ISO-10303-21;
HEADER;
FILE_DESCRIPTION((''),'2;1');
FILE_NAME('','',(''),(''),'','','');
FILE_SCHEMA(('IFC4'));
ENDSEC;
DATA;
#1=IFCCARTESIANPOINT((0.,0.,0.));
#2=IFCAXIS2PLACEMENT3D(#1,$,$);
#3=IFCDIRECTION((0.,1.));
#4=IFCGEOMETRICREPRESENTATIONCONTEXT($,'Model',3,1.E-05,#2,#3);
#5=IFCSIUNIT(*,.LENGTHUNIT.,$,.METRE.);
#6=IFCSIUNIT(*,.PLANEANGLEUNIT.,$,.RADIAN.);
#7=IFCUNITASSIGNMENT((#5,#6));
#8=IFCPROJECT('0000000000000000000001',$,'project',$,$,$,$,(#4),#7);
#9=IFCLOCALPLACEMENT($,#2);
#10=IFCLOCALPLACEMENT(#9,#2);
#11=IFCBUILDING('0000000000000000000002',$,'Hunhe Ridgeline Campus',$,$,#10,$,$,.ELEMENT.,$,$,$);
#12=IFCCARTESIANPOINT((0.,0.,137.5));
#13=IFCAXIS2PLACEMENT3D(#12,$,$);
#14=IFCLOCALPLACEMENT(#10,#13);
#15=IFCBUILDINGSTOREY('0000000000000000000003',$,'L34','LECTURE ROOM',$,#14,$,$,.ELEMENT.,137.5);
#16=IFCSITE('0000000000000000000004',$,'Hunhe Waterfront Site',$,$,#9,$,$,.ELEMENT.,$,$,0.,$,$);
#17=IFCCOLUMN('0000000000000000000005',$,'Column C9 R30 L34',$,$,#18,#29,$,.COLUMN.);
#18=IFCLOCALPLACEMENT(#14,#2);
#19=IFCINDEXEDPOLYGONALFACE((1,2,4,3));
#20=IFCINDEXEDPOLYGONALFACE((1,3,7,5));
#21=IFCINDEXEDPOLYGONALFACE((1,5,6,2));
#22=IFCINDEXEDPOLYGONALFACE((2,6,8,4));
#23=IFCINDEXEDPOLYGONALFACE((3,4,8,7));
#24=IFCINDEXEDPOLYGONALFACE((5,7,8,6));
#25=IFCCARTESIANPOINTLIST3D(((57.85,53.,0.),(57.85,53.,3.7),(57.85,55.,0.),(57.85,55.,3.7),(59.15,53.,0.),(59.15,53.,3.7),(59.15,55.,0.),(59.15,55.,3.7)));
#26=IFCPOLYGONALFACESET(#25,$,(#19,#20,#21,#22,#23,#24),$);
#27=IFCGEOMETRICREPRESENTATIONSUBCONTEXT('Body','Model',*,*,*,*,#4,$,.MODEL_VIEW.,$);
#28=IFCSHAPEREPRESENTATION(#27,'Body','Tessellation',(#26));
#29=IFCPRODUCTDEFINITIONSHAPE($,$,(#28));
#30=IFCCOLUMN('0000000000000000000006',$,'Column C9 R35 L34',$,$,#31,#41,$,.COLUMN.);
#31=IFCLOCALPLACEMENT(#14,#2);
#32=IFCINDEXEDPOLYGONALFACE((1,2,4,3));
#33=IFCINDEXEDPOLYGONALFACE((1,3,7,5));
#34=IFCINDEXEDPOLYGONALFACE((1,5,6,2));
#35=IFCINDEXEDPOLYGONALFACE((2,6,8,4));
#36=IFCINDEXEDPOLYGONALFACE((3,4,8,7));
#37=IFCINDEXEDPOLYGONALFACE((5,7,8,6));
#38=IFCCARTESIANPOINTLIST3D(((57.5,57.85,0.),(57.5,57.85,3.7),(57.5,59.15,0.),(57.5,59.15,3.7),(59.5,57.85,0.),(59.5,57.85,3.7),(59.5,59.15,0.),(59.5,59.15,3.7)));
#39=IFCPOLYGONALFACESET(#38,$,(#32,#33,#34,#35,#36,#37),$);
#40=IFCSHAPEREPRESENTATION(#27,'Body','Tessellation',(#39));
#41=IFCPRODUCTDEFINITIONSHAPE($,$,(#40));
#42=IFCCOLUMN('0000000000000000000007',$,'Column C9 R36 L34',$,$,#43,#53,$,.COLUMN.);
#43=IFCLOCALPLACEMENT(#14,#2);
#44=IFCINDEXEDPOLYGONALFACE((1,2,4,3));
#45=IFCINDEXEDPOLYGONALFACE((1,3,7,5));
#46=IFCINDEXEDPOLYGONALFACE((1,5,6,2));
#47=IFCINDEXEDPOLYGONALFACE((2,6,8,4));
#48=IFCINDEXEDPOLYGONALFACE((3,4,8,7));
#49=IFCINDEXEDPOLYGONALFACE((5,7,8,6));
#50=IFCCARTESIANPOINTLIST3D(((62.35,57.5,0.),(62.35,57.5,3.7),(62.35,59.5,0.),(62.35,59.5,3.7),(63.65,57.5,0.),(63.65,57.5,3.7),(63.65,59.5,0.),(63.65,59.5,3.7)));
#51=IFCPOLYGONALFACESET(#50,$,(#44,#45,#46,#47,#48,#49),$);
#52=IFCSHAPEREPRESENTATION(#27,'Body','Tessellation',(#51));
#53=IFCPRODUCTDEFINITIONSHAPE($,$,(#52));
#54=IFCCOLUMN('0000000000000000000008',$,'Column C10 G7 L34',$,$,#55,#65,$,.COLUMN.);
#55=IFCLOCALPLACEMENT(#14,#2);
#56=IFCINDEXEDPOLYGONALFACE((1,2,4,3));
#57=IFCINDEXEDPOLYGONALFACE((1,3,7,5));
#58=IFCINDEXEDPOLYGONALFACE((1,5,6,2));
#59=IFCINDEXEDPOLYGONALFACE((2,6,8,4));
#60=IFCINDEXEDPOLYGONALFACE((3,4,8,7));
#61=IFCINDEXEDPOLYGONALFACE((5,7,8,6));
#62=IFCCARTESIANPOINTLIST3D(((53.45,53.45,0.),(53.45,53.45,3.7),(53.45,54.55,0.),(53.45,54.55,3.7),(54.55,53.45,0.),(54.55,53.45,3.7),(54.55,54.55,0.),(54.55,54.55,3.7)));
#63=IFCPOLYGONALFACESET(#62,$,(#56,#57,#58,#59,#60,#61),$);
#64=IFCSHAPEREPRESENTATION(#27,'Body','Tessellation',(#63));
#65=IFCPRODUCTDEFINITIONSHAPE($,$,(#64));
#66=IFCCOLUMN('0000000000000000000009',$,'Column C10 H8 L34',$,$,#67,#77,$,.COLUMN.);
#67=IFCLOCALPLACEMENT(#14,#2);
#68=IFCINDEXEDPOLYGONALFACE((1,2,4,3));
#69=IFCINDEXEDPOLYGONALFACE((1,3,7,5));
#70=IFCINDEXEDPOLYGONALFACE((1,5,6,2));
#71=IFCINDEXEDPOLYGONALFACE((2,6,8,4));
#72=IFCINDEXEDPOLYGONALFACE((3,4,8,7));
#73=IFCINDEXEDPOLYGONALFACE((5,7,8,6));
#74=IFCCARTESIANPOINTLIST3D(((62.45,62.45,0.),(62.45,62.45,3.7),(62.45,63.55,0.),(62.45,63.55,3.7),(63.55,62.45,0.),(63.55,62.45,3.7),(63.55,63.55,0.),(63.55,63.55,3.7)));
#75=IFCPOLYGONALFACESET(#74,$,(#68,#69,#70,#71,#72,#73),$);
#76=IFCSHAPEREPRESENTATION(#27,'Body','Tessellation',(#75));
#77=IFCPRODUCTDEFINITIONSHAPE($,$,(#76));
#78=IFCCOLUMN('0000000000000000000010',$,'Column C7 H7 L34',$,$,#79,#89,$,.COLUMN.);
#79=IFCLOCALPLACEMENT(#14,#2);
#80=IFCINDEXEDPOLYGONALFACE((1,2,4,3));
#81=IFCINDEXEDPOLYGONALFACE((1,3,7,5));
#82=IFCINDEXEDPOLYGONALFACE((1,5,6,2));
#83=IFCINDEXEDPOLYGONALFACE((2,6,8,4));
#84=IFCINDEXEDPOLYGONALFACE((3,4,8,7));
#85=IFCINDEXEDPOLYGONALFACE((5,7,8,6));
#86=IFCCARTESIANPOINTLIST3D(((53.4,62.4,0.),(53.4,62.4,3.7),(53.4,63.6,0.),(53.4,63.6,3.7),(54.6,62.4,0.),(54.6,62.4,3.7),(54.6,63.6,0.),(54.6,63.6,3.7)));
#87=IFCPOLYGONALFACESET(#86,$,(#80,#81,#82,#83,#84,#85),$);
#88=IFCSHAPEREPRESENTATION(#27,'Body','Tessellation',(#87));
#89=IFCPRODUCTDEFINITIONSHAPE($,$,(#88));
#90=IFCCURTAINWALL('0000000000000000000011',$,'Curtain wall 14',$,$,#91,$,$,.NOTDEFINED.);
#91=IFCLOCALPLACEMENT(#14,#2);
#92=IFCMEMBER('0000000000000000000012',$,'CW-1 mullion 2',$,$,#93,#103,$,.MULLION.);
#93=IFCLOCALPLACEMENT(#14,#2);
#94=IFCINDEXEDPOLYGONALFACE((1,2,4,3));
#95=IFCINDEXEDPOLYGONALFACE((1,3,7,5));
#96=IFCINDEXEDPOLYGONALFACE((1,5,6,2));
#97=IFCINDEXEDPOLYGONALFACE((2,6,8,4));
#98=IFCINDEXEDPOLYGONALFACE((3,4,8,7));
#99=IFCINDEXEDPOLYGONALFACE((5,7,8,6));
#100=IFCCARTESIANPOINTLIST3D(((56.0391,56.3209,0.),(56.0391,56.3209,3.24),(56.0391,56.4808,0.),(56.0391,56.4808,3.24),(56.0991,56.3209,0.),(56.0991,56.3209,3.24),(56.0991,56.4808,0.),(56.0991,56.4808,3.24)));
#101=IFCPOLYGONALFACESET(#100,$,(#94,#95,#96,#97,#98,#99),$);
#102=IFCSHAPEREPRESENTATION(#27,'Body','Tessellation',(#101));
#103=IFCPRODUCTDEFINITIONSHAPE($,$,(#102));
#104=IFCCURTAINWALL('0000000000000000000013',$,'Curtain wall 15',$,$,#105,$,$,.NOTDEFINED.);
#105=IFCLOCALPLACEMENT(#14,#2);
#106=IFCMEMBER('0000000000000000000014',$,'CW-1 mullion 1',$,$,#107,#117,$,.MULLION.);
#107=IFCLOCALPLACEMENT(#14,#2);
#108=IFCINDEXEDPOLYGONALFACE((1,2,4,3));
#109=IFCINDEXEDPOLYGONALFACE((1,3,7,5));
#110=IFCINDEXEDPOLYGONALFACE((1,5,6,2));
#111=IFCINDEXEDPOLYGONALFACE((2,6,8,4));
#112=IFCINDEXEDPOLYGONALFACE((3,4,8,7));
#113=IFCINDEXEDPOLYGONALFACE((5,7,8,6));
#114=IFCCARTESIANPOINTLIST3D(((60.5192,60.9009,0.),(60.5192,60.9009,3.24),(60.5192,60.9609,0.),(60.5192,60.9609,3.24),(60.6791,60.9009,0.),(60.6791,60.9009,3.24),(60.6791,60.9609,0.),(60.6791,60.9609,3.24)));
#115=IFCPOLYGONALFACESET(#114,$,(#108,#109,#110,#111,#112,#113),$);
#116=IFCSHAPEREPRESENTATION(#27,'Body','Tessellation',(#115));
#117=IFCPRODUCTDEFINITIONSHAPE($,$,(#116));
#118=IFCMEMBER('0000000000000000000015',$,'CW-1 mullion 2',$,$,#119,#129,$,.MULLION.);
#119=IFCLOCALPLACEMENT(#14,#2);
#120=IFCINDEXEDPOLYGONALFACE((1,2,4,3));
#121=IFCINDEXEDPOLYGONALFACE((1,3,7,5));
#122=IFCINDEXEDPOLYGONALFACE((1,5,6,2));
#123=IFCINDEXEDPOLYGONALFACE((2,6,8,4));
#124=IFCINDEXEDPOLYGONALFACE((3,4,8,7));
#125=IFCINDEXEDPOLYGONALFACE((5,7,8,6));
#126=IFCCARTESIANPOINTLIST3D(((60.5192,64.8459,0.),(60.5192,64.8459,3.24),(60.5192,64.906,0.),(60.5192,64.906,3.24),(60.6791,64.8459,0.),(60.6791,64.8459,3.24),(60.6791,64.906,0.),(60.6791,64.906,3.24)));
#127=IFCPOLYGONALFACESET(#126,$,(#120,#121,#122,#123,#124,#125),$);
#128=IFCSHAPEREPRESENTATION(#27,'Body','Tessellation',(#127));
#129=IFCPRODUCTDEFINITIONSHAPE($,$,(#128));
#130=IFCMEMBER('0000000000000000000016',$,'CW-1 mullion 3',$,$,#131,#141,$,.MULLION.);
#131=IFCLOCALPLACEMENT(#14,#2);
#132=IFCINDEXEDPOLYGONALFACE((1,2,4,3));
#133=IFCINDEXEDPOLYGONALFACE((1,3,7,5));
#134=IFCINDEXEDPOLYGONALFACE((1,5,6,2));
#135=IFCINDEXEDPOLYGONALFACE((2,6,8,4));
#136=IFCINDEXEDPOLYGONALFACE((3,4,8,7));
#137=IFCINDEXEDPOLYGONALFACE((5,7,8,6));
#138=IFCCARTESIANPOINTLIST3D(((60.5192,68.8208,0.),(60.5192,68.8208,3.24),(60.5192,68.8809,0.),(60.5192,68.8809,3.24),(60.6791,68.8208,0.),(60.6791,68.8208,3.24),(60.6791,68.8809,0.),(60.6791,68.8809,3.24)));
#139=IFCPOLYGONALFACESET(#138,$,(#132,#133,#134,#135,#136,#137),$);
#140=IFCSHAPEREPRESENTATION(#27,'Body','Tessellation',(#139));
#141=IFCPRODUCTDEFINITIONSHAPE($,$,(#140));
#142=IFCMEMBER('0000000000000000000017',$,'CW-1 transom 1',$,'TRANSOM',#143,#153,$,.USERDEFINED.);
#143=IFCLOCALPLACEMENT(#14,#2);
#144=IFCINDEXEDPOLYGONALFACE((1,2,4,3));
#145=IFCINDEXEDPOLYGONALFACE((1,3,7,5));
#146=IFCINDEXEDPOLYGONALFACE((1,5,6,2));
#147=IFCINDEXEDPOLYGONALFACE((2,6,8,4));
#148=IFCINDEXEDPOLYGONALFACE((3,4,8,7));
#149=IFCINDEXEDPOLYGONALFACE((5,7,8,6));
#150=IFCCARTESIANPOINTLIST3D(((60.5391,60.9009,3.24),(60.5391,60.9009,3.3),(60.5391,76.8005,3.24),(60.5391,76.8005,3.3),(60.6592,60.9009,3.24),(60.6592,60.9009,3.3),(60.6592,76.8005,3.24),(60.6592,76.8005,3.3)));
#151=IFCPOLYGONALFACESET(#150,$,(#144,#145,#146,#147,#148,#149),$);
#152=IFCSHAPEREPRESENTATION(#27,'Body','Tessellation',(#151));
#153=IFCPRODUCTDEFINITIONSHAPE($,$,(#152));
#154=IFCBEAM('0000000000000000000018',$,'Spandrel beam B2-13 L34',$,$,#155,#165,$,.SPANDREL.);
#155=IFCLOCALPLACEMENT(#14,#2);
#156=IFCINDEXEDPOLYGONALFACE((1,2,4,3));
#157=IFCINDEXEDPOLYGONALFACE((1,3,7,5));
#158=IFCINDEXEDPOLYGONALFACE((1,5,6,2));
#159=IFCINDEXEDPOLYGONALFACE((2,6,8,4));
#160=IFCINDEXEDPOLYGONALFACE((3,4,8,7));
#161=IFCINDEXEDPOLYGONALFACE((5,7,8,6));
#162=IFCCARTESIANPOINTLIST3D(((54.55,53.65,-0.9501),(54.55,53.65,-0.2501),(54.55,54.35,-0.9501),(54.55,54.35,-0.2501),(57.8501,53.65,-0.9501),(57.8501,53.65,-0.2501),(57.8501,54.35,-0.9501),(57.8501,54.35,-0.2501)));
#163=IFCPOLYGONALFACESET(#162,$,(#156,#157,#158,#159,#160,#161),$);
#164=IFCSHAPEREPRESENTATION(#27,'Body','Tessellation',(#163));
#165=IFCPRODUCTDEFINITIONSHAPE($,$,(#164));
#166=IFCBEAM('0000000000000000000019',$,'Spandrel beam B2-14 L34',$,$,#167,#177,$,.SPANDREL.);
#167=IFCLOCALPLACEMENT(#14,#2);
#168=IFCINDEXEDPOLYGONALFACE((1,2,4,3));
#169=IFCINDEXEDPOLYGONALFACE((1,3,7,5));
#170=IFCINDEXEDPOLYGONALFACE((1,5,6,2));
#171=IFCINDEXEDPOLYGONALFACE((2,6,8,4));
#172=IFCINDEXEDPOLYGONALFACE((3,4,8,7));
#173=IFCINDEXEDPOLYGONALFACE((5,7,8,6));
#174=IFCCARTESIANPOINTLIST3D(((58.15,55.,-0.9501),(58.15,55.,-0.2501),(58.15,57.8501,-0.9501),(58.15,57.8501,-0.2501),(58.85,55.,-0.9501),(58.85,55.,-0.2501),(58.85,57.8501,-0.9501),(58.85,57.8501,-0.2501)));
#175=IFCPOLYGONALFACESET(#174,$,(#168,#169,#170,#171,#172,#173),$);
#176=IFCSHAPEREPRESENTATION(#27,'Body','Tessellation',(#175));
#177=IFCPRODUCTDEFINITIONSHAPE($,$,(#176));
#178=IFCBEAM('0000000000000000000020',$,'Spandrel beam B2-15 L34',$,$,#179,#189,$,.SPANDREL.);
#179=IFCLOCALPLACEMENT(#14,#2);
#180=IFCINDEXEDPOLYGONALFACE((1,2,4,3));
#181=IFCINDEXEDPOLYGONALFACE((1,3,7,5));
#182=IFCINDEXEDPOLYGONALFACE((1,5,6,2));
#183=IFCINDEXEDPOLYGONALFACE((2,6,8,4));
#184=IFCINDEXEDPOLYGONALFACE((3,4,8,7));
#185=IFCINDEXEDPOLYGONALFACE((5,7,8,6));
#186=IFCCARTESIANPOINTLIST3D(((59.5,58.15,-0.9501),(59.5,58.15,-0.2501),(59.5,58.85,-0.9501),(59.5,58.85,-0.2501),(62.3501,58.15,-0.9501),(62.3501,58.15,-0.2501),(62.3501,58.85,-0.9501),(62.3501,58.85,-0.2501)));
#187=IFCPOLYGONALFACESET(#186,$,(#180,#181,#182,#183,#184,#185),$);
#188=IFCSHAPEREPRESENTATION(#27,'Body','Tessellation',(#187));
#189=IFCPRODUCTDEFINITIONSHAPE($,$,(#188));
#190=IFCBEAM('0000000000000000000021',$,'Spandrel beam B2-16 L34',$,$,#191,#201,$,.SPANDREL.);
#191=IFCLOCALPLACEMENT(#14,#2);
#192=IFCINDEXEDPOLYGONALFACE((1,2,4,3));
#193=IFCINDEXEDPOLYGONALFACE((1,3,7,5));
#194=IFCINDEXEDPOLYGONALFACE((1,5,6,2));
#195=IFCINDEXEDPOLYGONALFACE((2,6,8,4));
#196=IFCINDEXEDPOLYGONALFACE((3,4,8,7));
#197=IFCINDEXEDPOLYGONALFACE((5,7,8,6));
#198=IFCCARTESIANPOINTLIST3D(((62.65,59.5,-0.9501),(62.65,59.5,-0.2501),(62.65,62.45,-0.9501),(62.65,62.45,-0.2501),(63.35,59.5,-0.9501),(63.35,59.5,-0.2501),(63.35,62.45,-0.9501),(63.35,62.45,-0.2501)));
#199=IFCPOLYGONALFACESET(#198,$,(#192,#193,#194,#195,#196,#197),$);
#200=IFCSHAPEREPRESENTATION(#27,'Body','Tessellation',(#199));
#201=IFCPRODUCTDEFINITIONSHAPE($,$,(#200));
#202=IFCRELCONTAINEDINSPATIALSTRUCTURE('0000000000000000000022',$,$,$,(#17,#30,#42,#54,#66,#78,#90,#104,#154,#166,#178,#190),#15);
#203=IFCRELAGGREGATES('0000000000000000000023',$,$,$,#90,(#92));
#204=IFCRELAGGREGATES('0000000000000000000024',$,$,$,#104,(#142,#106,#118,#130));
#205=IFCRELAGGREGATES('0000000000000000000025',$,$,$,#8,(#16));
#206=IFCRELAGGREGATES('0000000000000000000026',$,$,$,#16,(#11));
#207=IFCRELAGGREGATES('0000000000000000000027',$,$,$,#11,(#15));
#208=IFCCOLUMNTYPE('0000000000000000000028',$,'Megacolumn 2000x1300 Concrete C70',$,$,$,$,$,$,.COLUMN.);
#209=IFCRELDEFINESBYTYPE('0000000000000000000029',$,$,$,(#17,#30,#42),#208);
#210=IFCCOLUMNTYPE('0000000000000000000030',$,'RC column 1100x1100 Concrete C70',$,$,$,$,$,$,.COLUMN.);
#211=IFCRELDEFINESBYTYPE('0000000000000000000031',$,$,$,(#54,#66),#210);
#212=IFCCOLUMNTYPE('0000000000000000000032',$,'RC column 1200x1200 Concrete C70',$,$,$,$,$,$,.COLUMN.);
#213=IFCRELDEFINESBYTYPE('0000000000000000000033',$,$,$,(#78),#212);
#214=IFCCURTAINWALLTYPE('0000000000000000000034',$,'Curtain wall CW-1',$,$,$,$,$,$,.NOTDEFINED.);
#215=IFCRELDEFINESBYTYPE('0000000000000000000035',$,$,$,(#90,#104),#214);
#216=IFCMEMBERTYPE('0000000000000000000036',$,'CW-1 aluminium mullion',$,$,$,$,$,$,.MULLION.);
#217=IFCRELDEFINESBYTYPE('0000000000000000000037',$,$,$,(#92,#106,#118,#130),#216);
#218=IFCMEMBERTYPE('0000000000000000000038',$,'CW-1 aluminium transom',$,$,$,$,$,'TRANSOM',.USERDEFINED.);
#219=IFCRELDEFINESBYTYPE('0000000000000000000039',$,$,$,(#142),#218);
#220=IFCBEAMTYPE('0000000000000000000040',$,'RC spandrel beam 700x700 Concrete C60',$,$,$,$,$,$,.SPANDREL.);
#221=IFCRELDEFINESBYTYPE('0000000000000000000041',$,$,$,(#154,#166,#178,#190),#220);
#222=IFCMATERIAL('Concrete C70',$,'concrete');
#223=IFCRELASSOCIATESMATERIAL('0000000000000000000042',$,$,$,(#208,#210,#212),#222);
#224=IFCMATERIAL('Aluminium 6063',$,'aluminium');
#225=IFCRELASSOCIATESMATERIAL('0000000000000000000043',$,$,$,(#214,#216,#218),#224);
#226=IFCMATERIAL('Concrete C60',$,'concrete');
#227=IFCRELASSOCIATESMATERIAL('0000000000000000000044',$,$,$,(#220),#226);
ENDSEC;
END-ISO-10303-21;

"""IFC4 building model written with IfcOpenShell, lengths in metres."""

from ifc_helpers import new_model, si_unit, direction, frame, origin, origin_2d, place, context, subcontext, project, spatial, rectangle, extrude, material, material_profile, profile_set, type_object, element, aggregate, save


model = new_model("IFC4")

# Units and contexts
model_context = context("Model", 3, precision=1e-05, world=origin(), true_north=direction((0.0, 1.0)))
body_context = subcontext(model_context, "Body", "Model", "MODEL_VIEW")
ifc_project = project(units=[si_unit("LENGTHUNIT", "METRE"), si_unit("PLANEANGLEUNIT", "RADIAN")], contexts=[model_context])

# Site, building, storey
site_placement = place(None, origin())
site = spatial("IfcSite", under=ifc_project, at=site_placement, Name="Hunhe Waterfront Site", CompositionType="ELEMENT", RefElevation=0.0)
building_placement = place(site_placement, origin())
building = spatial("IfcBuilding", under=site, at=building_placement, Name="Hunhe Ridgeline Campus", CompositionType="ELEMENT")
storey_placement = place(building_placement, frame((0.0, 0.0, 137.5)))
storey = spatial("IfcBuildingStorey", under=building, at=storey_placement, Name="L34", Description="LECTURE ROOM", CompositionType="ELEMENT", Elevation=137.5)

# Columns
ifc_material_1 = material(Name="Concrete C70", Category="concrete")
ifc_material_profile_1 = material_profile(ifc_material_1, rectangle(XDim=2.0, YDim=1.3, at=origin_2d()))
ifc_profile_set_1 = profile_set([ifc_material_profile_1], Name="Concrete C70")
column_type_1 = type_object("IfcColumnType", Name="Megacolumn 2000x1300 Concrete C70", PredefinedType="COLUMN", material=ifc_profile_set_1)
for number, where, z_axis, x_axis, name in (
    (1, (58.5, 54.0, 0.0), (0.0, 0.0, 1.0), (0.0, 1.0, 0.0), "Column C9 R30 L34"),
    (2, (58.5, 58.5, 0.0), (0.0, 0.0, 1.0), (1.0, 0.0, 0.0), "Column C9 R35 L34"),
    (3, (63.0, 58.5, 0.0), (0.0, 0.0, 1.0), (0.0, 1.0, 0.0), "Column C9 R36 L34"),
):
    element("IfcColumn", number, at=place(storey_placement, frame(where, z_axis=z_axis, x_axis=x_axis)), inside=storey, type_object=column_type_1, Name=name, PredefinedType="COLUMN", context=body_context, shape_type="SweptSolid", body=[
        extrude(rectangle(XDim=2.0, YDim=1.3, at=origin_2d()), origin(), (0.0, 0.0, 1.0), 3.7),
    ])
ifc_material_profile_2 = material_profile(ifc_material_1, rectangle(XDim=1.1001, YDim=1.1001, at=origin_2d()))
ifc_profile_set_2 = profile_set([ifc_material_profile_2], Name="Concrete C70")
column_type_2 = type_object("IfcColumnType", Name="RC column 1100x1100 Concrete C70", PredefinedType="COLUMN", material=ifc_profile_set_2)
for number, where, z_axis, x_axis, name in (
    (4, (54.0, 54.0, 0.0), (0.0, 0.0, 1.0), (1.0, 0.0, 0.0), "Column C10 G7 L34"),
    (5, (63.0, 63.0, 0.0), (0.0, 0.0, 1.0), (1.0, 0.0, 0.0), "Column C10 H8 L34"),
):
    element("IfcColumn", number, at=place(storey_placement, frame(where, z_axis=z_axis, x_axis=x_axis)), inside=storey, type_object=column_type_2, Name=name, PredefinedType="COLUMN", context=body_context, shape_type="SweptSolid", body=[
        extrude(rectangle(XDim=1.1001, YDim=1.1001, at=origin_2d()), origin(), (0.0, 0.0, 1.0), 3.7),
    ])
ifc_material_profile_3 = material_profile(ifc_material_1, rectangle(XDim=1.2, YDim=1.2, at=origin_2d()))
ifc_profile_set_3 = profile_set([ifc_material_profile_3], Name="Concrete C70")
column_type_3 = type_object("IfcColumnType", Name="RC column 1200x1200 Concrete C70", PredefinedType="COLUMN", material=ifc_profile_set_3)
column_placement = place(storey_placement, frame((54.0, 63.0, 0.0), z_axis=(0.0, 0.0, 1.0), x_axis=(1.0, 0.0, 0.0)))
element("IfcColumn", 6, at=column_placement, inside=storey, type_object=column_type_3, Name="Column C7 H7 L34", PredefinedType="COLUMN", context=body_context, shape_type="SweptSolid", body=[
    extrude(rectangle(XDim=1.2, YDim=1.2, at=origin_2d()), origin(), (0.0, 0.0, 1.0), 3.7),
])

# Curtain wall, member
ifc_material_2 = material(Name="Aluminium 6063", Category="aluminium")
curtain_wall_type = type_object("IfcCurtainWallType", Name="Curtain wall CW-1", PredefinedType="NOTDEFINED", material=ifc_material_2)
curtain_wall_1_placement = place(storey_placement, origin())
curtain_wall_1 = element("IfcCurtainWall", 7, at=curtain_wall_1_placement, inside=storey, type_object=curtain_wall_type, Name="Curtain wall 14", PredefinedType="NOTDEFINED")
ifc_material_profile_4 = material_profile(ifc_material_2, rectangle(XDim=0.1599, YDim=0.0601, at=origin_2d()))
ifc_profile_set_4 = profile_set([ifc_material_profile_4], Name="Aluminium 6063")
member_type_1 = type_object("IfcMemberType", Name="CW-1 aluminium mullion", PredefinedType="MULLION", material=ifc_profile_set_4)
member_1_placement = place(storey_placement, frame((56.0691, 56.4009, 0.0), z_axis=(0.0, 0.0, 1.0), x_axis=(-0.000002, 1.0, 0.0)))
member_1 = element("IfcMember", 8, at=member_1_placement, type_object=member_type_1, Name="CW-1 mullion 2", PredefinedType="MULLION", context=body_context, shape_type="SweptSolid", body=[
    extrude(rectangle(XDim=0.1599, YDim=0.0601, at=origin_2d()), origin(), (0.0, 0.0, 1.0), 3.24),
])
aggregate(curtain_wall_1, [member_1])

# Curtain wall, members
curtain_wall_2_placement = place(storey_placement, origin())
curtain_wall_2 = element("IfcCurtainWall", 9, at=curtain_wall_2_placement, inside=storey, type_object=curtain_wall_type, Name="Curtain wall 15", PredefinedType="NOTDEFINED")
member_2_placement = place(storey_placement, frame((60.5991, 60.9309, 0.0), z_axis=(0.0, 0.0, 1.0), x_axis=(-1.0, 0.0, 0.0)))
member_2 = element("IfcMember", 10, at=member_2_placement, type_object=member_type_1, Name="CW-1 mullion 1", PredefinedType="MULLION", context=body_context, shape_type="SweptSolid", body=[
    extrude(rectangle(XDim=0.1599, YDim=0.0601, at=origin_2d()), origin(), (0.0, 0.0, 1.0), 3.24),
])
member_3_placement = place(storey_placement, frame((60.5991, 64.876, 0.0), z_axis=(0.0, 0.0, 1.0), x_axis=(-1.0, 0.0, 0.0)))
member_3 = element("IfcMember", 11, at=member_3_placement, type_object=member_type_1, Name="CW-1 mullion 2", PredefinedType="MULLION", context=body_context, shape_type="SweptSolid", body=[
    extrude(rectangle(XDim=0.1599, YDim=0.0601, at=origin_2d()), origin(), (0.0, 0.0, 1.0), 3.24),
])
member_4_placement = place(storey_placement, frame((60.5991, 68.8508, 0.0), z_axis=(0.0, 0.0, 1.0), x_axis=(-1.0, 0.0, 0.0)))
member_4 = element("IfcMember", 12, at=member_4_placement, type_object=member_type_1, Name="CW-1 mullion 3", PredefinedType="MULLION", context=body_context, shape_type="SweptSolid", body=[
    extrude(rectangle(XDim=0.1599, YDim=0.0601, at=origin_2d()), origin(), (0.0, 0.0, 1.0), 3.24),
])
ifc_material_profile_5 = material_profile(ifc_material_2, rectangle(XDim=0.1201, YDim=0.0601, at=origin_2d()))
ifc_profile_set_5 = profile_set([ifc_material_profile_5], Name="Aluminium 6063")
member_type_2 = type_object("IfcMemberType", Name="CW-1 aluminium transom", ElementType="TRANSOM", PredefinedType="USERDEFINED", material=ifc_profile_set_5)
member_5_placement = place(storey_placement, frame((60.5991, 60.9009, 3.27), z_axis=(0.0, 1.0, 0.0), x_axis=(-1.0, 0.0, 0.0)))
member_5 = element("IfcMember", 13, at=member_5_placement, type_object=member_type_2, Name="CW-1 transom 1", ObjectType="TRANSOM", PredefinedType="USERDEFINED", context=body_context, shape_type="SweptSolid", body=[
    extrude(rectangle(XDim=0.1201, YDim=0.0601, at=origin_2d()), origin(), (0.0, 0.0, 1.0), 15.8997),
])

# Beams
ifc_material_3 = material(Name="Concrete C60", Category="concrete")
ifc_material_profile_6 = material_profile(ifc_material_3, rectangle(XDim=0.7, YDim=0.7, at=origin_2d()))
ifc_profile_set_6 = profile_set([ifc_material_profile_6], Name="Concrete C60")
beam_type = type_object("IfcBeamType", Name="RC spandrel beam 700x700 Concrete C60", PredefinedType="SPANDREL", material=ifc_profile_set_6)
beam_1_placement = place(storey_placement, frame((54.55, 54.0, -0.6001), z_axis=(1.0, 0.0, 0.0), x_axis=(0.0, 1.0, 0.0)))
element("IfcBeam", 14, at=beam_1_placement, inside=storey, type_object=beam_type, Name="Spandrel beam B2-13 L34", PredefinedType="SPANDREL", context=body_context, shape_type="SweptSolid", body=[
    extrude(rectangle(XDim=0.7, YDim=0.7, at=origin_2d()), origin(), (0.0, 0.0, 1.0), 3.3),
])
for number, where, z_axis, x_axis, name in (
    (15, (58.5, 55.0, -0.6001), (0.0, 1.0, 0.0), (-1.0, 0.0, 0.0), "Spandrel beam B2-14 L34"),
    (16, (59.5, 58.5, -0.6001), (1.0, 0.0, 0.0), (0.0, 1.0, 0.0), "Spandrel beam B2-15 L34"),
):
    element("IfcBeam", number, at=place(storey_placement, frame(where, z_axis=z_axis, x_axis=x_axis)), inside=storey, type_object=beam_type, Name=name, PredefinedType="SPANDREL", context=body_context, shape_type="SweptSolid", body=[
        extrude(rectangle(XDim=0.7, YDim=0.7, at=origin_2d()), origin(), (0.0, 0.0, 1.0), 2.8501),
    ])
beam_2_placement = place(storey_placement, frame((63.0, 59.5, -0.6001), z_axis=(0.0, 1.0, 0.0), x_axis=(-1.0, 0.0, 0.0)))
element("IfcBeam", 17, at=beam_2_placement, inside=storey, type_object=beam_type, Name="Spandrel beam B2-16 L34", PredefinedType="SPANDREL", context=body_context, shape_type="SweptSolid", body=[
    extrude(rectangle(XDim=0.7, YDim=0.7, at=origin_2d()), origin(), (0.0, 0.0, 1.0), 2.95),
])

aggregate(curtain_wall_2, [member_5, member_2, member_3, member_4])

save(model, "model.ifc")
